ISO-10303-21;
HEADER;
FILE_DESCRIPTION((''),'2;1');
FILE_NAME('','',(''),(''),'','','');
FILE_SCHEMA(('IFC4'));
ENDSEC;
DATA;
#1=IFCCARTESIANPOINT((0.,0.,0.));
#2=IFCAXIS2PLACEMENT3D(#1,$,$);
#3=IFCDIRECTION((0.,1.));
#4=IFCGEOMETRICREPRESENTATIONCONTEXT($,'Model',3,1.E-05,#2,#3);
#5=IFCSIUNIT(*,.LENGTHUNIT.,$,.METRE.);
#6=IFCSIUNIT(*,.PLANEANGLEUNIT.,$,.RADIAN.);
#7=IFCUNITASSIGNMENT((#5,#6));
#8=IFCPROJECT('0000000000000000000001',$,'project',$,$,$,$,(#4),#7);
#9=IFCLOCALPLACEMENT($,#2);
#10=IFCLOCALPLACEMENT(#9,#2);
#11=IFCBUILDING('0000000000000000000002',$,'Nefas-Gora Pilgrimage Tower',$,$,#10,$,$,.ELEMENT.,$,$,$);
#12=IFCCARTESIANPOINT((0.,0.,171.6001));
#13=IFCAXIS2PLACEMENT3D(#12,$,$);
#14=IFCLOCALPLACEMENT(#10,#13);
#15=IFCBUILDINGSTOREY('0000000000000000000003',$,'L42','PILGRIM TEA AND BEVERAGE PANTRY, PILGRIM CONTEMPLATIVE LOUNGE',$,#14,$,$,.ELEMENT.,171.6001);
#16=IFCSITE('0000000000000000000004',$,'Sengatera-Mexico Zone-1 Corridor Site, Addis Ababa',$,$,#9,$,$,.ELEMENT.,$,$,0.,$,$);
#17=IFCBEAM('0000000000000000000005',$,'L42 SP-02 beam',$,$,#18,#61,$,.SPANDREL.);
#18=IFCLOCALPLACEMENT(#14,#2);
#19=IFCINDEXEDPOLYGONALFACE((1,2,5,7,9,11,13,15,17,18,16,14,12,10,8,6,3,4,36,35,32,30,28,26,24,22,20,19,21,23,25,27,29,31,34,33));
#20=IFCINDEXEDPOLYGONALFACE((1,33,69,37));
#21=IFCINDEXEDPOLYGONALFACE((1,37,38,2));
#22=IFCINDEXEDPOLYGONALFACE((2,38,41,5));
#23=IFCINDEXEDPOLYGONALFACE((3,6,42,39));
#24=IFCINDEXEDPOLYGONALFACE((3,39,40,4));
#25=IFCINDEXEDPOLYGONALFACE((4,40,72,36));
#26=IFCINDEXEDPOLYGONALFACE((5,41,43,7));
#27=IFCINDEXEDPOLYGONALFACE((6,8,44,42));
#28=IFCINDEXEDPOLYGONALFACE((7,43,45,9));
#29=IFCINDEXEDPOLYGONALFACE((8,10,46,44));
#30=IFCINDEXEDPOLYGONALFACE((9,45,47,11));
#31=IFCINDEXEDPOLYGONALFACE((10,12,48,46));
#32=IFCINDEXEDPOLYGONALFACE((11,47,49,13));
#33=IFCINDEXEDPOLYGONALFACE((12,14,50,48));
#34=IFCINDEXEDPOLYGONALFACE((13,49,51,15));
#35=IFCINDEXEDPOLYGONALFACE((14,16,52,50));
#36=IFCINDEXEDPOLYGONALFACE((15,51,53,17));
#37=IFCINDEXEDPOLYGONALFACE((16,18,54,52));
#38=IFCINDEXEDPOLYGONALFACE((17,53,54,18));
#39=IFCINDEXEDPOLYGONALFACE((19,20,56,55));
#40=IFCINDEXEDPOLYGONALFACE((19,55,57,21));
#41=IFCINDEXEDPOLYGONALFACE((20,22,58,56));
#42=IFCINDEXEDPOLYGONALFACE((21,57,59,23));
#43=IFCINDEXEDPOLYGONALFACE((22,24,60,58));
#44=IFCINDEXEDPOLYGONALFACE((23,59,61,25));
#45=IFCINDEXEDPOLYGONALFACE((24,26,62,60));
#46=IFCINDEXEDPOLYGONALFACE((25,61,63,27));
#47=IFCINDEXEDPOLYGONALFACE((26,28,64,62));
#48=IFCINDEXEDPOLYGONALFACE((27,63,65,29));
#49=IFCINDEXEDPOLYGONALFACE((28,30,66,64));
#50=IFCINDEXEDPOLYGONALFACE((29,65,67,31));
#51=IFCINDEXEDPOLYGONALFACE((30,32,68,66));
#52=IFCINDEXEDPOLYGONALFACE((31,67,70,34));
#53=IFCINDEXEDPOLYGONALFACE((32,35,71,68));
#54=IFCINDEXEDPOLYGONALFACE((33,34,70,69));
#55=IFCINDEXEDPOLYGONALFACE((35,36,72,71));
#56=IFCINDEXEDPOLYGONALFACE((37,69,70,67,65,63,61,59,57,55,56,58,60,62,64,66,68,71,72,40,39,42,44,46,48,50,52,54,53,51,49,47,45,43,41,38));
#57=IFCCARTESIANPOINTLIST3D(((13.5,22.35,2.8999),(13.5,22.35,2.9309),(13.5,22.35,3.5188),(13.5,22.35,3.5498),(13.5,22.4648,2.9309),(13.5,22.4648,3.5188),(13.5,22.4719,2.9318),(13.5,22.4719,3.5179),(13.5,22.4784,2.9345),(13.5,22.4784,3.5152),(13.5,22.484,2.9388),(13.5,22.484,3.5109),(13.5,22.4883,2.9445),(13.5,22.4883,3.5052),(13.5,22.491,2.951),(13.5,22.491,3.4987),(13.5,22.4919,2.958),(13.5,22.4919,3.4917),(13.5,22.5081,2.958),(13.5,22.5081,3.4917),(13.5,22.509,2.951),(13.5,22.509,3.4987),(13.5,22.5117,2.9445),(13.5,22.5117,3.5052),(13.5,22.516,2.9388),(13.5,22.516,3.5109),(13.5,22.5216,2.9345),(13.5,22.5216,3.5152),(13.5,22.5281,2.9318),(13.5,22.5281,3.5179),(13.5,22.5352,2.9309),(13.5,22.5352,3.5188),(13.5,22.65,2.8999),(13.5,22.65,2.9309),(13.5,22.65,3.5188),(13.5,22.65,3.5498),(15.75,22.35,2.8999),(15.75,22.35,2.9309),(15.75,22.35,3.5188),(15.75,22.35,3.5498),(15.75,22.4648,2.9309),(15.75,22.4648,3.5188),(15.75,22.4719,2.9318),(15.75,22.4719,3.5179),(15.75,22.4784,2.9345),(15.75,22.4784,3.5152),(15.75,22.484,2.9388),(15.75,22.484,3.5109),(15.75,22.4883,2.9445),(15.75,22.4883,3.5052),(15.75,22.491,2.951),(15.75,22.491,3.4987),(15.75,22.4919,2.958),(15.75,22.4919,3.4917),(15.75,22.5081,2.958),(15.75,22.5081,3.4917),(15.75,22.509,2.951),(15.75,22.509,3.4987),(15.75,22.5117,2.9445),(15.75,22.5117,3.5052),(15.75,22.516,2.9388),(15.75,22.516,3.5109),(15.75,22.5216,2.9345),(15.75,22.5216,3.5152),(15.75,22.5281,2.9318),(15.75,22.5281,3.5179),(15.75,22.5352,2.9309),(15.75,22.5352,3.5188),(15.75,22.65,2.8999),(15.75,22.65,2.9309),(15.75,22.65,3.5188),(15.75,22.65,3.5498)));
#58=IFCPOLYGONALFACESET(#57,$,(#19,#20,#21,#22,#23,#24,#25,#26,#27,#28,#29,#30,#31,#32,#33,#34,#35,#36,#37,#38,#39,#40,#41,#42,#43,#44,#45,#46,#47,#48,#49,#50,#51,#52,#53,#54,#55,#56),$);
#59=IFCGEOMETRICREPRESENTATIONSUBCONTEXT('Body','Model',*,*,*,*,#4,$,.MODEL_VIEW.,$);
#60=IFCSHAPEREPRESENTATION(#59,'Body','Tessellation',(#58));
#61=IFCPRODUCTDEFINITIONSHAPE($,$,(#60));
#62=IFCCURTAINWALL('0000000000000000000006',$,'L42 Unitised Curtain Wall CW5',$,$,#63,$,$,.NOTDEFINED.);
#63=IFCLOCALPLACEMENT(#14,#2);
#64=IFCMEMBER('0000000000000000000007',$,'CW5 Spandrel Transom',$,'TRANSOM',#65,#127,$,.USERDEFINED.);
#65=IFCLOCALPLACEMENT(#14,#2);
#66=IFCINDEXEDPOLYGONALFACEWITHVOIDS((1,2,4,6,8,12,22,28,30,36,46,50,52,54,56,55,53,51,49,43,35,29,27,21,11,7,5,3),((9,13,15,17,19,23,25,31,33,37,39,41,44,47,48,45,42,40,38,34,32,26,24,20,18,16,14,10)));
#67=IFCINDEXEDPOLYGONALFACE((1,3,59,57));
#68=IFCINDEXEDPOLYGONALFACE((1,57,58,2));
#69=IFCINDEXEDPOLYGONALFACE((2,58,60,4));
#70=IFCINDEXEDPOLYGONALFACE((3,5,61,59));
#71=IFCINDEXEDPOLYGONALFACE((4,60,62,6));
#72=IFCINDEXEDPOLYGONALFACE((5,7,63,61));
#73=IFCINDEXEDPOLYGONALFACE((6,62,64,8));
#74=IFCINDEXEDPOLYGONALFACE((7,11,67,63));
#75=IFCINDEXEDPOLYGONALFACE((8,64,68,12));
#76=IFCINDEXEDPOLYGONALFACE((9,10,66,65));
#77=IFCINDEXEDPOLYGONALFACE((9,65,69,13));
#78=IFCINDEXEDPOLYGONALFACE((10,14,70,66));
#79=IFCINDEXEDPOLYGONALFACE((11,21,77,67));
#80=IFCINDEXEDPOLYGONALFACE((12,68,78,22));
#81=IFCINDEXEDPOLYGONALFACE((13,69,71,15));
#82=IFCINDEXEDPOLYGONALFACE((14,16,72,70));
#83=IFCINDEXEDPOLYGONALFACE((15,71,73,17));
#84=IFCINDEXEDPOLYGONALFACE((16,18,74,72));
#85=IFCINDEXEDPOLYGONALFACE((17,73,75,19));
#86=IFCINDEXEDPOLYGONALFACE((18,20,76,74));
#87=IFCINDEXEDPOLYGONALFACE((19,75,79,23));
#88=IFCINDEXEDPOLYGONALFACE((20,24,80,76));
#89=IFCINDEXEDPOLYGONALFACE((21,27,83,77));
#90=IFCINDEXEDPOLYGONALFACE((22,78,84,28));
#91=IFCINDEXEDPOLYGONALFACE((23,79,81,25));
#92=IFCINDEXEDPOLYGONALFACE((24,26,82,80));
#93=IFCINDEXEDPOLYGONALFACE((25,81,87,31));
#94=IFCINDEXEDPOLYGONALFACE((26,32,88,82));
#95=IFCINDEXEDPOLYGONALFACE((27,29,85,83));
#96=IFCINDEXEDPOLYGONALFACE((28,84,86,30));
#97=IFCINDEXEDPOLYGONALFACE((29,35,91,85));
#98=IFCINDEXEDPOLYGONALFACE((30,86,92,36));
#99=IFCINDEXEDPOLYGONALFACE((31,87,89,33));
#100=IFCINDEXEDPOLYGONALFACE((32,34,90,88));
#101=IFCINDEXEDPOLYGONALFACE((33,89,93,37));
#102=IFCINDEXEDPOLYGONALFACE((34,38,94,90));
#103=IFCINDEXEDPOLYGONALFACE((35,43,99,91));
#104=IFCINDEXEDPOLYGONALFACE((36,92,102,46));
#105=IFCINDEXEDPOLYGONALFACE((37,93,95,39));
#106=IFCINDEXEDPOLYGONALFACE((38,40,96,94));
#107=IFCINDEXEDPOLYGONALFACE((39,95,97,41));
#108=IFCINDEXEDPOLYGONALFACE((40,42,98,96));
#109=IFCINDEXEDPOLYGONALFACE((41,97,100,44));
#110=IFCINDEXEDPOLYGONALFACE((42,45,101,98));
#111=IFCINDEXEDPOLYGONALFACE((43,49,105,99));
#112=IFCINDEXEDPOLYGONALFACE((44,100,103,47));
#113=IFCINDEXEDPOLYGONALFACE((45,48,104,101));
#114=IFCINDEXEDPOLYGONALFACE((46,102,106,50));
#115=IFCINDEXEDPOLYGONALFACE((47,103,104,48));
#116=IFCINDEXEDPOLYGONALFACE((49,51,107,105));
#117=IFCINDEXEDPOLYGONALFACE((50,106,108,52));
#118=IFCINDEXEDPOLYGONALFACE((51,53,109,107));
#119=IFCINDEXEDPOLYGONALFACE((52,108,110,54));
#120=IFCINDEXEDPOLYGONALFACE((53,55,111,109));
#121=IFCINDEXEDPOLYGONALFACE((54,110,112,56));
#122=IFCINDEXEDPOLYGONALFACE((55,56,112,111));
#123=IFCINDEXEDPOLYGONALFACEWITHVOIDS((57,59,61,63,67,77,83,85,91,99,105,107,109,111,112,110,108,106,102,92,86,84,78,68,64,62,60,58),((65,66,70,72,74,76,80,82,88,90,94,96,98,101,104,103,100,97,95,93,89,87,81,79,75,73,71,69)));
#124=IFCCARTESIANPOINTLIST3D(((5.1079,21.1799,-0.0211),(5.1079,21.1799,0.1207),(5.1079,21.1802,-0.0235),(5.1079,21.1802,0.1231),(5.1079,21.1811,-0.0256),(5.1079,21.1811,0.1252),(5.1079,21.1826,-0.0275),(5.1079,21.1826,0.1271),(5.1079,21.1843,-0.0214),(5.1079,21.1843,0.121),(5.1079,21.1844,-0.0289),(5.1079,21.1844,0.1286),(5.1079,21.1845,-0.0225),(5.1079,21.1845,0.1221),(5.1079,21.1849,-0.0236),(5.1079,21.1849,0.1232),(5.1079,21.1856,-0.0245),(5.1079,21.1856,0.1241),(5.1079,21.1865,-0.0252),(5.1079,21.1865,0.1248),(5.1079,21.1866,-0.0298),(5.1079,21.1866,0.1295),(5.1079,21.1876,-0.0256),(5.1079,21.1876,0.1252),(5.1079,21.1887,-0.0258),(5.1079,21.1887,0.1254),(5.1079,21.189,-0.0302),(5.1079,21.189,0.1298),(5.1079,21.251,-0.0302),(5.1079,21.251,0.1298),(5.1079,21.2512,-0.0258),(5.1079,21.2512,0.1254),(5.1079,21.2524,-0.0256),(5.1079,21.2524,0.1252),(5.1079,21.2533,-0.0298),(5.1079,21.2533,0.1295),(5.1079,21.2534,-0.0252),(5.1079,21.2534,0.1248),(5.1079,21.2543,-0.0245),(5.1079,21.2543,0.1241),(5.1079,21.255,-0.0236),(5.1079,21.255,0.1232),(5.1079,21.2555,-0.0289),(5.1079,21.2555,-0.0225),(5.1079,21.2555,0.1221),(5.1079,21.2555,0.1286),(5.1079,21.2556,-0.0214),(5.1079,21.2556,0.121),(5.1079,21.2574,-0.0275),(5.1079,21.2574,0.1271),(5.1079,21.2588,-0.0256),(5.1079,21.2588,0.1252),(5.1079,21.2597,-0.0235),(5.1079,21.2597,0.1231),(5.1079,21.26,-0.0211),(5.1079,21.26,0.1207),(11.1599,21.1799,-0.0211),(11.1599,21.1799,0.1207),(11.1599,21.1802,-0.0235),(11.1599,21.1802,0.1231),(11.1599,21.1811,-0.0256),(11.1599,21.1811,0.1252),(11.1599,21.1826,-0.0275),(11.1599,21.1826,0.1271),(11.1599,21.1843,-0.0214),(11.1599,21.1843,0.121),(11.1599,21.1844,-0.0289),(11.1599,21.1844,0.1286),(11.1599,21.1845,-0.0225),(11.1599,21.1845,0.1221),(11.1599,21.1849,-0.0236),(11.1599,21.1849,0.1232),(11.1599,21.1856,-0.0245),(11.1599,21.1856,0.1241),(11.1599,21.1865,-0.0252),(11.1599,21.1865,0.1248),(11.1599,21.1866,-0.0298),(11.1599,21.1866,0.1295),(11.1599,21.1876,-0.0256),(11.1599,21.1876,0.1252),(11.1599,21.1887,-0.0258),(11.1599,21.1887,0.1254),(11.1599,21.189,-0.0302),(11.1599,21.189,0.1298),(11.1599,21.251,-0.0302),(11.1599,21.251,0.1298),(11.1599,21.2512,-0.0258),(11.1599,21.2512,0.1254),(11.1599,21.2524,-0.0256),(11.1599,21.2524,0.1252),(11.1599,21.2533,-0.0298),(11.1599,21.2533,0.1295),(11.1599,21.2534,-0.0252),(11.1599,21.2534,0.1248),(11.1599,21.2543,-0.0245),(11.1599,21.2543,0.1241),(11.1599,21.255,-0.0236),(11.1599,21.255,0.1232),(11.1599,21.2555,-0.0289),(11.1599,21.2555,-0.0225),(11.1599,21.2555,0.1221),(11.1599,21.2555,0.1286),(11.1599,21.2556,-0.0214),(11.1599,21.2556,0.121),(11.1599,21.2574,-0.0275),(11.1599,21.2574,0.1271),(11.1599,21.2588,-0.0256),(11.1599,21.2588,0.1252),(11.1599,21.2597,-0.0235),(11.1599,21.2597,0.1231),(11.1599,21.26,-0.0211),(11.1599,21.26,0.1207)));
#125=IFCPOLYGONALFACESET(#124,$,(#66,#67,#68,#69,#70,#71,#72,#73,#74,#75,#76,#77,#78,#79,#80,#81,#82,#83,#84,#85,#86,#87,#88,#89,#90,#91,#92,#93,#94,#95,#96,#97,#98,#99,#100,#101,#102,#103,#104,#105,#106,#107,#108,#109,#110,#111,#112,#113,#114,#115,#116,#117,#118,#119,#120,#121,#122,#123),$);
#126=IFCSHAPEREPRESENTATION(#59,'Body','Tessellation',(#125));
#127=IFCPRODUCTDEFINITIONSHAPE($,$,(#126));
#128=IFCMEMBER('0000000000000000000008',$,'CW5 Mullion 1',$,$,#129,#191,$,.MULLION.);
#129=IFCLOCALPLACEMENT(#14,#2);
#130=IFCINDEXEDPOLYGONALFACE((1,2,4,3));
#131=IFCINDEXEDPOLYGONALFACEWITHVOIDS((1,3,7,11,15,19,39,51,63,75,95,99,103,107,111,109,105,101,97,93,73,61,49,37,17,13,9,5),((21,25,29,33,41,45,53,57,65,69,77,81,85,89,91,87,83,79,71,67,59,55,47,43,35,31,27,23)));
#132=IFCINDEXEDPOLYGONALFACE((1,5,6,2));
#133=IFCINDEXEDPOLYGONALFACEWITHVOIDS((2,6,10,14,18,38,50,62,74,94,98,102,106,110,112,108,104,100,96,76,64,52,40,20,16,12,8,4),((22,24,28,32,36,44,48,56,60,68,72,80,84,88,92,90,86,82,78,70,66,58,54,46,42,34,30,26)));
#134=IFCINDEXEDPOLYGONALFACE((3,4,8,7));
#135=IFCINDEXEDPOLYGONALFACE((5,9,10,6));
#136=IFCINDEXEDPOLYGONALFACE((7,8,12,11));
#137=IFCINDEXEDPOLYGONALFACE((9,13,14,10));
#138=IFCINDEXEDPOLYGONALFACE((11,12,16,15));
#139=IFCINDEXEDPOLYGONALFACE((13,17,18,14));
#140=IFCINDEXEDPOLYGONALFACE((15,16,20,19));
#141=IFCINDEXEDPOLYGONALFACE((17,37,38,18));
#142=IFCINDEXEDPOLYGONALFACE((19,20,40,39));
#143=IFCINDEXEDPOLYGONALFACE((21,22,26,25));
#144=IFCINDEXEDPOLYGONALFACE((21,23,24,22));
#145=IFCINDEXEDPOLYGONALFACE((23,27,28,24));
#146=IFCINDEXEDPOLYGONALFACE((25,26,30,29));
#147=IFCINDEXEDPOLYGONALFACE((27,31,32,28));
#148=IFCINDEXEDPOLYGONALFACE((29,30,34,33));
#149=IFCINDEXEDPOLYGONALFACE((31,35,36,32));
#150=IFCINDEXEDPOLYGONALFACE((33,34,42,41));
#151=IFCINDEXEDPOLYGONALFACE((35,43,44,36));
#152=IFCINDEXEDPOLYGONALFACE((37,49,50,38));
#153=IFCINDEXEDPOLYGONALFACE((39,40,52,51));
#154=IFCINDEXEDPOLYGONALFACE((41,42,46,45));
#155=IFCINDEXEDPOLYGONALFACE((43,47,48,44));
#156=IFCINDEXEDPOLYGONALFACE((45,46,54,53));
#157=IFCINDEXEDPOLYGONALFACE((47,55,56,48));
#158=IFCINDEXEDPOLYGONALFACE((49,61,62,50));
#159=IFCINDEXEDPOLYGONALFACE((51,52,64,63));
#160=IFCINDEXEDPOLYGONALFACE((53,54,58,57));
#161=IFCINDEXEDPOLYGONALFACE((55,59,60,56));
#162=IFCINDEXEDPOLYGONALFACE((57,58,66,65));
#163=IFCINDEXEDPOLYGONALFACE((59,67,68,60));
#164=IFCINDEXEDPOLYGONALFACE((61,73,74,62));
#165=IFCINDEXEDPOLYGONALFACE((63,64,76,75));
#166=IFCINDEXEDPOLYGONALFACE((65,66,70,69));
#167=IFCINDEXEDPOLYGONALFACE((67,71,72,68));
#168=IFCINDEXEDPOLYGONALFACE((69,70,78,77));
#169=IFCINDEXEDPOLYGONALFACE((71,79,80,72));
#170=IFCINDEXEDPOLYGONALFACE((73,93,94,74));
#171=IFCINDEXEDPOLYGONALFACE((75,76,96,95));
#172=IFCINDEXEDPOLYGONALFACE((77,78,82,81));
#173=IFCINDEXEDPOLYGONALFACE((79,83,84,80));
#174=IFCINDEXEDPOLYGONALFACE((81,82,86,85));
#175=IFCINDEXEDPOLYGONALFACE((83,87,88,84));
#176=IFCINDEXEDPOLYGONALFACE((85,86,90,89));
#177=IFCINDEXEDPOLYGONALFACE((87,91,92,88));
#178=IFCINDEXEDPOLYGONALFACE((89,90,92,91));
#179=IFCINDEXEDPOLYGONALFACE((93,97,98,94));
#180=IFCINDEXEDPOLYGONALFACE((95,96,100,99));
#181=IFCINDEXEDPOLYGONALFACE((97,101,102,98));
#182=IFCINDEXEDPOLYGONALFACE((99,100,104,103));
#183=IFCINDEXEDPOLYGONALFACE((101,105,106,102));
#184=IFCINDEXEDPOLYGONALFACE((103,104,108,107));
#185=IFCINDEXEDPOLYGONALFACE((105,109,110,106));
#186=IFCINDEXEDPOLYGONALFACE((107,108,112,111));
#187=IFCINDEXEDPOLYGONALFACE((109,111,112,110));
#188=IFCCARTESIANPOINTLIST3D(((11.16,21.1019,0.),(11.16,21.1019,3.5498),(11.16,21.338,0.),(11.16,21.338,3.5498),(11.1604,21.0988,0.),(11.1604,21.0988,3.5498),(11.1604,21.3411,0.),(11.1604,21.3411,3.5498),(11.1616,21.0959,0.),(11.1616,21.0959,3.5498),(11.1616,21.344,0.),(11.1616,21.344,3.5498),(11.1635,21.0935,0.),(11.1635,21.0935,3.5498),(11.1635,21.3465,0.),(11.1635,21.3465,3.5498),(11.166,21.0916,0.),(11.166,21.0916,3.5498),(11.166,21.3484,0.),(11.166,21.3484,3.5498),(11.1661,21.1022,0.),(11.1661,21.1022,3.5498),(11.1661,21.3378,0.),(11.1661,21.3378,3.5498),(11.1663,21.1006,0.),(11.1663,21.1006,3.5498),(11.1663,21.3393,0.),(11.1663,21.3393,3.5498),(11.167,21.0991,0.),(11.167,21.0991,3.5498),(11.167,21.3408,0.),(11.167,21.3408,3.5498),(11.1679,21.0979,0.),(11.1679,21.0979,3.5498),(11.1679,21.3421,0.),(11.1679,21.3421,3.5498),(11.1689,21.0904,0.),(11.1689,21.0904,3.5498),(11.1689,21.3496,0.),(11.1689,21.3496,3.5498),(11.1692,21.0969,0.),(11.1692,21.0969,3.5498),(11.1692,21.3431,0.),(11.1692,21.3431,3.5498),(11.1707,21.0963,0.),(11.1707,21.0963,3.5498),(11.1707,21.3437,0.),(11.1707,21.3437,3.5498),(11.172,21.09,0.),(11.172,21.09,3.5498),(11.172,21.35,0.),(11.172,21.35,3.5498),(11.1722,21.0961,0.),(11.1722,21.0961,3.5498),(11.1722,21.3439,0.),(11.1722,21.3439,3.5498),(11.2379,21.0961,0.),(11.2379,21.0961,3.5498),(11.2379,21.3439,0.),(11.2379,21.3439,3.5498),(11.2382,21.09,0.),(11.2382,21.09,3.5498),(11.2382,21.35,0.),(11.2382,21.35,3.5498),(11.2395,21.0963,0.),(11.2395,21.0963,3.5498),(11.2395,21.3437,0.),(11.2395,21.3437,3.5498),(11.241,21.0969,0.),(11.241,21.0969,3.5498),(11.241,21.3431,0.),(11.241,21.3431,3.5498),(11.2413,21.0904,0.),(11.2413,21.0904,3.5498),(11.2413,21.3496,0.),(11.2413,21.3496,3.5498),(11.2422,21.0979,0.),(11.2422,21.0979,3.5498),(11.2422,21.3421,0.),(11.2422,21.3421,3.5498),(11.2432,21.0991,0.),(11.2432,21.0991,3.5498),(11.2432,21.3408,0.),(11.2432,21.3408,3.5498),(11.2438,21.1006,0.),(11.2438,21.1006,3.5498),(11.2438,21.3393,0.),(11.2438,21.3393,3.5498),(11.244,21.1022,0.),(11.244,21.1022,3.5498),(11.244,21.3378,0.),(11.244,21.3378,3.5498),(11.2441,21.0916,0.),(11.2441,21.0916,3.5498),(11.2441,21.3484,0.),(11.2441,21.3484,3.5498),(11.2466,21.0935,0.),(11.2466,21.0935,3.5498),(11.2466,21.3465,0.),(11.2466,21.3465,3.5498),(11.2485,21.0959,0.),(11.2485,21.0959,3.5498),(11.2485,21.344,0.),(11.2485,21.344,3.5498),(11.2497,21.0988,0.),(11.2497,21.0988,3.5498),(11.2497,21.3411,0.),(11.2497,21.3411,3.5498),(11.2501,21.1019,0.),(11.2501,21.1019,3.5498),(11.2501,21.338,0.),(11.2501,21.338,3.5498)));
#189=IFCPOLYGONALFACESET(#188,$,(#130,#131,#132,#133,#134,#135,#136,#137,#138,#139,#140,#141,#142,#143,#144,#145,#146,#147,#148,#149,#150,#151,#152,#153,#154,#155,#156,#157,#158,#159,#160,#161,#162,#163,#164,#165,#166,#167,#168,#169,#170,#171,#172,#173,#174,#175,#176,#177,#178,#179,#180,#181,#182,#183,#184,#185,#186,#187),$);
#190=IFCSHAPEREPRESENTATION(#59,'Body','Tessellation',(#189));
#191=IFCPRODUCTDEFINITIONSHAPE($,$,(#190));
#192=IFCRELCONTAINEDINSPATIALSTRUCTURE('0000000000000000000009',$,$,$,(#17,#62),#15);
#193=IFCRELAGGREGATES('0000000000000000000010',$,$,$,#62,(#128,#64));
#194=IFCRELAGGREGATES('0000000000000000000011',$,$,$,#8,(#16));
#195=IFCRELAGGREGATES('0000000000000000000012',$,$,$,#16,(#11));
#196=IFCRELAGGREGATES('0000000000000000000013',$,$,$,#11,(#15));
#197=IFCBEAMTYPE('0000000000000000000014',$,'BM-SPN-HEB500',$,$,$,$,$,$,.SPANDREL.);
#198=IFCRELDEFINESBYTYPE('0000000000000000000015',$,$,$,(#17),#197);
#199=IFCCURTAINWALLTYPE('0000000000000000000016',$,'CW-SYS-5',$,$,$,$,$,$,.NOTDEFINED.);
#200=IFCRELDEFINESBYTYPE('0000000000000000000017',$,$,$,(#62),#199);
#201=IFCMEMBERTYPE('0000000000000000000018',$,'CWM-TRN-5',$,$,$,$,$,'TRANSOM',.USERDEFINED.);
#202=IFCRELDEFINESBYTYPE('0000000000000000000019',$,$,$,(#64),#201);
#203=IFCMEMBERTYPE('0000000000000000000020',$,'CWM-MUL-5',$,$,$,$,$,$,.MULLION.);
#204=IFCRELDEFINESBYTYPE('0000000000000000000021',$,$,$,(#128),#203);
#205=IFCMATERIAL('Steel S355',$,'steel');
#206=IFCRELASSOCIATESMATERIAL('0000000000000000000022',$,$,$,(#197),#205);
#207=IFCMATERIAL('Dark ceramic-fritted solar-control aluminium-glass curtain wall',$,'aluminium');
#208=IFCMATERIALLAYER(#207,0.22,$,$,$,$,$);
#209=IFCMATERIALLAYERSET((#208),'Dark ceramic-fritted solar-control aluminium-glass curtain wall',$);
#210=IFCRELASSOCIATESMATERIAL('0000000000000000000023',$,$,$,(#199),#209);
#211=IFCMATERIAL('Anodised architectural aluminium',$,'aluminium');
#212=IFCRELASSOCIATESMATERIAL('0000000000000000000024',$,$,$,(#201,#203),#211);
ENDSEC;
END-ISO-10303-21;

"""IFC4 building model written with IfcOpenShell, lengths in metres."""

from ifc_helpers import new_model, si_unit, direction, frame, origin, origin_2d, place, context, subcontext, project, spatial, hollow_rectangle, i_section, extrude, source, transform, mapped, material, layer, layer_set, material_profile, profile_set, type_object, element, aggregate, save


model = new_model("IFC4")

# Units and contexts
model_context = context("Model", 3, precision=1e-05, world=origin(), true_north=direction((0.0, 1.0)))
body_context = subcontext(model_context, "Body", "Model", "MODEL_VIEW")
ifc_project = project(units=[si_unit("LENGTHUNIT", "METRE"), si_unit("PLANEANGLEUNIT", "RADIAN")], contexts=[model_context])

# Site, building, storey
site_placement = place(None, origin())
site = spatial("IfcSite", under=ifc_project, at=site_placement, Name="Sengatera-Mexico Zone-1 Corridor Site, Addis Ababa", CompositionType="ELEMENT", RefElevation=0.0)
building_placement = place(site_placement, origin())
building = spatial("IfcBuilding", under=site, at=building_placement, Name="Nefas-Gora Pilgrimage Tower", CompositionType="ELEMENT")
storey_placement = place(building_placement, frame((0.0, 0.0, 171.6001)))
storey = spatial("IfcBuildingStorey", under=building, at=storey_placement, Name="L42", Description="PILGRIM TEA AND BEVERAGE PANTRY, PILGRIM CONTEMPLATIVE LOUNGE", CompositionType="ELEMENT", Elevation=171.6001)

# Beam
ifc_material_1 = material(Name="Steel S355", Category="steel")
ifc_material_profile_1 = material_profile(ifc_material_1, i_section(OverallWidth=0.3, OverallDepth=0.6499, WebThickness=0.0161, FlangeThickness=0.031, FilletRadius=0.0271, at=origin_2d()), Name="HEB 650")
ifc_profile_set_1 = profile_set([ifc_material_profile_1], Name="Steel S355")
beam_type = type_object("IfcBeamType", Name="BM-SPN-HEB500", PredefinedType="SPANDREL", material=ifc_profile_set_1)
shared_shape_1 = source(origin(), body_context, "Body", "SweptSolid", [
    extrude(i_section(OverallWidth=0.3, OverallDepth=0.6499, WebThickness=0.0161, FlangeThickness=0.031, FilletRadius=0.0271, at=origin_2d()), origin(), (0.0, 0.0, 1.0), 2.25),
])
beam_placement = place(storey_placement, frame((13.5, 22.5, 3.2249), z_axis=(1.0, 0.0, 0.0), x_axis=(0.0, 1.0, 0.0)))
element("IfcBeam", 1, at=beam_placement, inside=storey, type_object=beam_type, Name="L42 SP-02 beam", PredefinedType="SPANDREL", context=body_context, shape_type="MappedRepresentation", body=[
    mapped(shared_shape_1, transform((0.0, 0.0, 0.0), x_axis=(1.0, 0.0, 0.0), y_axis=(0.0, 1.0, 0.0), z_axis=(0.0, 0.0, 1.0), scale=1.0)),
])

# Curtain wall, members
ifc_material_2 = material(Name="Dark ceramic-fritted solar-control aluminium-glass curtain wall", Category="aluminium")
ifc_layer_1 = layer(ifc_material_2, 0.22)
ifc_layer_set_1 = layer_set([ifc_layer_1], Name="Dark ceramic-fritted solar-control aluminium-glass curtain wall")
curtain_wall_type_1 = type_object("IfcCurtainWallType", Name="CW-SYS-5", PredefinedType="NOTDEFINED", material=ifc_layer_set_1)
curtain_wall_1_placement = place(storey_placement, origin())
curtain_wall_1 = element("IfcCurtainWall", 2, at=curtain_wall_1_placement, inside=storey, type_object=curtain_wall_type_1, Name="L42 Unitised Curtain Wall CW5", PredefinedType="NOTDEFINED")
ifc_material_3 = material(Name="Anodised architectural aluminium", Category="aluminium")
ifc_material_profile_2 = material_profile(ifc_material_3, hollow_rectangle(XDim=0.0801, YDim=0.1599, WallThickness=0.0044, InnerFilletRadius=0.0044, OuterFilletRadius=0.009, at=origin_2d()), Name="ALU TRANSOM 80x160")
ifc_profile_set_2 = profile_set([ifc_material_profile_2], Name="Anodised architectural aluminium")
member_type_1 = type_object("IfcMemberType", Name="CWM-TRN-5", ElementType="TRANSOM", PredefinedType="USERDEFINED", material=ifc_profile_set_2)
shared_shape_2 = source(origin(), body_context, "Body", "SweptSolid", [
    extrude(hollow_rectangle(XDim=0.0801, YDim=0.1599, WallThickness=0.0044, InnerFilletRadius=0.0044, OuterFilletRadius=0.009, at=origin_2d()), origin(), (0.0, 0.0, 1.0), 6.052),
])
member_1_placement = place(storey_placement, frame((11.1599, 21.22, 0.0498), z_axis=(-1.0, 0.0, 0.0), x_axis=(0.0, -1.0, 0.0)))
member_1 = element("IfcMember", 3, at=member_1_placement, type_object=member_type_1, Name="CW5 Spandrel Transom", ObjectType="TRANSOM", PredefinedType="USERDEFINED", context=body_context, shape_type="MappedRepresentation", body=[
    mapped(shared_shape_2, transform((0.0, 0.0, 0.0), x_axis=(1.0, 0.0, 0.0), y_axis=(0.0, 1.0, 0.0), z_axis=(0.0, 0.0, 1.0), scale=1.0)),
])
ifc_material_profile_3 = material_profile(ifc_material_3, hollow_rectangle(XDim=0.0901, YDim=0.26, WallThickness=0.0061, InnerFilletRadius=0.0061, OuterFilletRadius=0.012, at=origin_2d()), Name="ALU MULLION 90x260")
ifc_profile_set_3 = profile_set([ifc_material_profile_3], Name="Anodised architectural aluminium")
member_type_2 = type_object("IfcMemberType", Name="CWM-MUL-5", PredefinedType="MULLION", material=ifc_profile_set_3)
shared_shape_3 = source(origin(), body_context, "Body", "SweptSolid", [
    extrude(hollow_rectangle(XDim=0.0901, YDim=0.26, WallThickness=0.0061, InnerFilletRadius=0.0061, OuterFilletRadius=0.012, at=origin_2d()), origin(), (0.0, 0.0, 1.0), 3.5498),
])
member_2_placement = place(storey_placement, frame((11.2051, 21.22, 0.0), z_axis=(0.0, 0.0, 1.0), x_axis=(-1.0, 0.0, 0.0)))
member_2 = element("IfcMember", 4, at=member_2_placement, type_object=member_type_2, Name="CW5 Mullion 1", PredefinedType="MULLION", context=body_context, shape_type="MappedRepresentation", body=[
    mapped(shared_shape_3, transform((0.0, 0.0, 0.0), x_axis=(1.0, 0.0, 0.0), y_axis=(0.0, 1.0, 0.0), z_axis=(0.0, 0.0, 1.0), scale=1.0)),
])

aggregate(curtain_wall_1, [member_2, member_1])

save(model, "model.ifc")
